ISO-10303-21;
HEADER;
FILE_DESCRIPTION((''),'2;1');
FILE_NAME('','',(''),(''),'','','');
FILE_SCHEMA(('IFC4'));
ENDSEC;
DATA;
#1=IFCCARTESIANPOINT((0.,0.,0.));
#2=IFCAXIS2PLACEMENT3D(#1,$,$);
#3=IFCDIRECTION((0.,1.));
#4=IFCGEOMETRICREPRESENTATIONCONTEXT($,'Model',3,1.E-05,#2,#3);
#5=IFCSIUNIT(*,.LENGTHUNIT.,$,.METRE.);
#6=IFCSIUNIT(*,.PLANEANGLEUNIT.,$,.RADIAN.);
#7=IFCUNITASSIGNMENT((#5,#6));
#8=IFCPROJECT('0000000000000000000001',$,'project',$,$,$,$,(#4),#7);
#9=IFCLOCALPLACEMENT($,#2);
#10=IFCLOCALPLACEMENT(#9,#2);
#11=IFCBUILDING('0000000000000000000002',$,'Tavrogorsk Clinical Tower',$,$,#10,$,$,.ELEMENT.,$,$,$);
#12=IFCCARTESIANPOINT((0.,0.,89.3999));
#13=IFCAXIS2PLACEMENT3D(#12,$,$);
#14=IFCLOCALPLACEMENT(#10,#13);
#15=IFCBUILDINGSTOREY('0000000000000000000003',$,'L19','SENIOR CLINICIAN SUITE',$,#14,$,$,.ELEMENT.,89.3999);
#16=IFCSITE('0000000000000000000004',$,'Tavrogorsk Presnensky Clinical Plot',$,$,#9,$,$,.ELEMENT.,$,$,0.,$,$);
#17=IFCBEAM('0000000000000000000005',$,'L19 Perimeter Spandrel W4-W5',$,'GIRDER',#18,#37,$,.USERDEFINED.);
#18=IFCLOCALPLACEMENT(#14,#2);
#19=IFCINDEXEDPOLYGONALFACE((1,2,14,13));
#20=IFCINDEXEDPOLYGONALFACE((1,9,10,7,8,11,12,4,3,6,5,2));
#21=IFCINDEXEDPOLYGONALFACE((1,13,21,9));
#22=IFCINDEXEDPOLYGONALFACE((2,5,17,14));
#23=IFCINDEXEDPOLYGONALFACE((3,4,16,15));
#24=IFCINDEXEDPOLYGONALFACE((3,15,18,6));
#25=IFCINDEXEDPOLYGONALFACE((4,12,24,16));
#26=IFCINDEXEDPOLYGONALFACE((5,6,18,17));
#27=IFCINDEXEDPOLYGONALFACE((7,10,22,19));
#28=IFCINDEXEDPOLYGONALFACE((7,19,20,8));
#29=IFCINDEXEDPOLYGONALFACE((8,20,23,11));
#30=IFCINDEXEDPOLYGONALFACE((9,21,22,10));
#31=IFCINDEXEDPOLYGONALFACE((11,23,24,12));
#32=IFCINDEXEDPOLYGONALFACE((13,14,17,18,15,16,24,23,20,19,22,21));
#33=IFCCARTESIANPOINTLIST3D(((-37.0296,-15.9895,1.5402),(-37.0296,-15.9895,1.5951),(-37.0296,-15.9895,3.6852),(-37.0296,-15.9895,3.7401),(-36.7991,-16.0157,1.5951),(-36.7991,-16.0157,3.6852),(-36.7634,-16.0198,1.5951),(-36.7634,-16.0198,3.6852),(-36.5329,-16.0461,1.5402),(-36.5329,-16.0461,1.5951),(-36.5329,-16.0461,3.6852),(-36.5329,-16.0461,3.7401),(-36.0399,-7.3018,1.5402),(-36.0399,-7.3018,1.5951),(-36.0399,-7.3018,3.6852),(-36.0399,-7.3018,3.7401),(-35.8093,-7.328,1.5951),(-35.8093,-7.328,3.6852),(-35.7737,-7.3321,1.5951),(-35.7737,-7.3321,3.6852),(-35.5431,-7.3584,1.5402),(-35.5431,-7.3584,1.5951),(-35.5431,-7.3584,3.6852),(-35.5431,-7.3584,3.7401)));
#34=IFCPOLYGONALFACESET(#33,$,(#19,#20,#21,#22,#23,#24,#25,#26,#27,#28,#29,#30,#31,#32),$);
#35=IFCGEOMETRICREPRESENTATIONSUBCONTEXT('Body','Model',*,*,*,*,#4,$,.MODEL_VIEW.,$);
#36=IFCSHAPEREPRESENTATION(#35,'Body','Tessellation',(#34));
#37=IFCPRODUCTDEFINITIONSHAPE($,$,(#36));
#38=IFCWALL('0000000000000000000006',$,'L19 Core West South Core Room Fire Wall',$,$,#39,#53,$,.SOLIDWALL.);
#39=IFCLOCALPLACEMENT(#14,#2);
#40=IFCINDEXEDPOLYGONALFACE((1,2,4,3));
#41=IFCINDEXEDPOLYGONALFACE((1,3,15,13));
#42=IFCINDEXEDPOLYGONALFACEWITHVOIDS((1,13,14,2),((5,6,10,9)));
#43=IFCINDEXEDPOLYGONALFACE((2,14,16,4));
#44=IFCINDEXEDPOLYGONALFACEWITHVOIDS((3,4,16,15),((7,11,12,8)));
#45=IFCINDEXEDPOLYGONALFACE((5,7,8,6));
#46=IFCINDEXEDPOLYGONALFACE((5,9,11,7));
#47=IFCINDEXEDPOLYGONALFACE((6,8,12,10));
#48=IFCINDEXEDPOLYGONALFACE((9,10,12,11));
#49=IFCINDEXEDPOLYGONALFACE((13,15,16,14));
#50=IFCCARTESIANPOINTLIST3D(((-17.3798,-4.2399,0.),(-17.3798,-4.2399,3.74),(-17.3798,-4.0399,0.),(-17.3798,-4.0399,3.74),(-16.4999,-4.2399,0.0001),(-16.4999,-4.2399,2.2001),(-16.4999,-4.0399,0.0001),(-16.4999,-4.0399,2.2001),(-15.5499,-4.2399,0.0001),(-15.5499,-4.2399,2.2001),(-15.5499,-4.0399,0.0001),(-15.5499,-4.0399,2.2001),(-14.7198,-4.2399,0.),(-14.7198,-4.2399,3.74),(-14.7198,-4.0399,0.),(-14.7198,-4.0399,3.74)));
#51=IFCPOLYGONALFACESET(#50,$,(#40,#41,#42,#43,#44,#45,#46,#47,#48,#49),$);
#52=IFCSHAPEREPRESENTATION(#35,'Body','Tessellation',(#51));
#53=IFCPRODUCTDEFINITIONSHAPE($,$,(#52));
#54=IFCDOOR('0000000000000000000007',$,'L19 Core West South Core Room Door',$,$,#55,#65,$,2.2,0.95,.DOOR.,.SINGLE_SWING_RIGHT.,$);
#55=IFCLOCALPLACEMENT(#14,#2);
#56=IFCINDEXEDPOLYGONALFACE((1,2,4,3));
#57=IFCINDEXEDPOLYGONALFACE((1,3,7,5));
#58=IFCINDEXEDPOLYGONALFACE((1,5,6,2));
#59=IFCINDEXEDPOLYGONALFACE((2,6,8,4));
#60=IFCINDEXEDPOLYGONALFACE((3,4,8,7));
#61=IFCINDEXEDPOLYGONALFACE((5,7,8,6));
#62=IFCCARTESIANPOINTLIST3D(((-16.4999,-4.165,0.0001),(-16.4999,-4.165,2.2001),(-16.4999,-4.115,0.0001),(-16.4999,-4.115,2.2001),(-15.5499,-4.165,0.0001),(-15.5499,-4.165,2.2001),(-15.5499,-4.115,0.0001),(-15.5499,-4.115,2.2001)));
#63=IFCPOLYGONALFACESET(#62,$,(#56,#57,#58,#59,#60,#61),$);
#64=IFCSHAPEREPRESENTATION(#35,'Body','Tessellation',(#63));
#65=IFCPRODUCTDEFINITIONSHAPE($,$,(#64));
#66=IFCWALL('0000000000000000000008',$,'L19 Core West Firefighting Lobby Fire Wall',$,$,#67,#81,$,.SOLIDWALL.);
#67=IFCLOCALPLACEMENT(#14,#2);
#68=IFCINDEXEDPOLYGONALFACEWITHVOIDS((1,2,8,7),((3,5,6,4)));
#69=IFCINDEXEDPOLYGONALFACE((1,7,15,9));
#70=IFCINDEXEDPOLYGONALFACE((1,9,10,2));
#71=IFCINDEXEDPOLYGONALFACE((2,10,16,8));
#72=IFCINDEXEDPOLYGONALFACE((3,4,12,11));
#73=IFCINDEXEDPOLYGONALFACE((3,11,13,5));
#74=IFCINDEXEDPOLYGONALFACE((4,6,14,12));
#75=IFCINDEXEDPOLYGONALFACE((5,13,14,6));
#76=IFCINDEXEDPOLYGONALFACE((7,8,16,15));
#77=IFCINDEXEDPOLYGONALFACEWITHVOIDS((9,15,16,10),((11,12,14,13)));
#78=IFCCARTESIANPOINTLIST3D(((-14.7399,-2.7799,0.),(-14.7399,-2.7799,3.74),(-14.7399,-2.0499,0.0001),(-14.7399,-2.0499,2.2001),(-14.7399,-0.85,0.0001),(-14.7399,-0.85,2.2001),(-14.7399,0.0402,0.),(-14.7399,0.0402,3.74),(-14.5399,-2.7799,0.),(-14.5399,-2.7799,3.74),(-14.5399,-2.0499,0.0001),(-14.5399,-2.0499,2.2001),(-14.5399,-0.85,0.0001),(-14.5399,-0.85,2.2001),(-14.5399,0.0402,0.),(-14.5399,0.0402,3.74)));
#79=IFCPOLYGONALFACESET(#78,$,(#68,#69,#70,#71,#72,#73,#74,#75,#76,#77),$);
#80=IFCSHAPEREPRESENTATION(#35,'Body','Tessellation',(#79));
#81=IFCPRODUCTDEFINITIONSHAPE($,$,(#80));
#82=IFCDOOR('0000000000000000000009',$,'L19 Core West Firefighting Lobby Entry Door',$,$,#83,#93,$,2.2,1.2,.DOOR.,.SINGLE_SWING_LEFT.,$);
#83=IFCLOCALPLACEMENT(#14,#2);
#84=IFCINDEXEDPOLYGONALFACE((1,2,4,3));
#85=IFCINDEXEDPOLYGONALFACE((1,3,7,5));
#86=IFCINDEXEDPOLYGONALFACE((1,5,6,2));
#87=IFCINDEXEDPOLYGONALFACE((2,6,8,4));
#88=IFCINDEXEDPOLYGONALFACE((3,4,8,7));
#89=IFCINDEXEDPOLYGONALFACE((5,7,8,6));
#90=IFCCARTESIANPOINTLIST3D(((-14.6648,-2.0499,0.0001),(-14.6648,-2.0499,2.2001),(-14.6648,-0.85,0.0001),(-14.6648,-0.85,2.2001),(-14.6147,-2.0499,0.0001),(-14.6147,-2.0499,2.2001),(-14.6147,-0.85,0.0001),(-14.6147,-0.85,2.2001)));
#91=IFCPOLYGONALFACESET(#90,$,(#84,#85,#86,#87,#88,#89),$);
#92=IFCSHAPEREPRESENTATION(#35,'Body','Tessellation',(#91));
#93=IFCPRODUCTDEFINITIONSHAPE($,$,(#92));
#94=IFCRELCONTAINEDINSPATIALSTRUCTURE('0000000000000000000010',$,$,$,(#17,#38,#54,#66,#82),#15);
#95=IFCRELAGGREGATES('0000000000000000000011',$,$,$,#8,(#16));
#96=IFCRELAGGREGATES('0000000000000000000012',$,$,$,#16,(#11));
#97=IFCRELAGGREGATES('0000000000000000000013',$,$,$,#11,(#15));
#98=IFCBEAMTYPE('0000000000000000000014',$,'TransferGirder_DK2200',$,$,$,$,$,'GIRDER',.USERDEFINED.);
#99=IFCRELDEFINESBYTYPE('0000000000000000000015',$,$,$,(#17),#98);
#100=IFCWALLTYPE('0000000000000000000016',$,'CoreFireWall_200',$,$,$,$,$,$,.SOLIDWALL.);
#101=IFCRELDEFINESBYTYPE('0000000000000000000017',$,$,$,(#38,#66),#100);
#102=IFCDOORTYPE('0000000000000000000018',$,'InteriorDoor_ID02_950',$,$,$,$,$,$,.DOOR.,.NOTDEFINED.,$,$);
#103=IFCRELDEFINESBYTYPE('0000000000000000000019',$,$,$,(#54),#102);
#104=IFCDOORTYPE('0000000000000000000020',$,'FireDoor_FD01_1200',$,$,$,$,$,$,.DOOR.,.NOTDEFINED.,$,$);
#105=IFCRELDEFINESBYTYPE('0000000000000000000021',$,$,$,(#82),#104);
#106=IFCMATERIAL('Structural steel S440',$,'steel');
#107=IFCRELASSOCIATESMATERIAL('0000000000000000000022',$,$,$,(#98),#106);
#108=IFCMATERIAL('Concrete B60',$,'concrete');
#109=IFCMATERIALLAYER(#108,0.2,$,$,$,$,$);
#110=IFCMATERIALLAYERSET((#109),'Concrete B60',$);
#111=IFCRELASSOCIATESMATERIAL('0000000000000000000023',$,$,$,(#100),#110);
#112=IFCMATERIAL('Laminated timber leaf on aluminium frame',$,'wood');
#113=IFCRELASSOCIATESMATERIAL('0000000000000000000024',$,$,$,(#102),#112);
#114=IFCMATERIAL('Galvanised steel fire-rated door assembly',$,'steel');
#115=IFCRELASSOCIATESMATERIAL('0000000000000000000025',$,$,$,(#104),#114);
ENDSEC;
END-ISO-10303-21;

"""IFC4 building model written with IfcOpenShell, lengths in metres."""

from ifc_helpers import new_model, si_unit, direction, frame, frame_2d, origin, origin_2d, place, context, subcontext, project, spatial, rectangle, i_section, extrude, material, layer, layer_set, material_profile, profile_set, type_object, element, fill, save


model = new_model("IFC4")

# Units and contexts
model_context = context("Model", 3, precision=1e-05, world=origin(), true_north=direction((0.0, 1.0)))
body_context = subcontext(model_context, "Body", "Model", "MODEL_VIEW")
ifc_project = project(units=[si_unit("LENGTHUNIT", "METRE"), si_unit("PLANEANGLEUNIT", "RADIAN")], contexts=[model_context])

# Site, building, storey
site_placement = place(None, origin())
site = spatial("IfcSite", under=ifc_project, at=site_placement, Name="Tavrogorsk Presnensky Clinical Plot", CompositionType="ELEMENT", RefElevation=0.0)
building_placement = place(site_placement, origin())
building = spatial("IfcBuilding", under=site, at=building_placement, Name="Tavrogorsk Clinical Tower", CompositionType="ELEMENT")
storey_placement = place(building_placement, frame((0.0, 0.0, 89.3999)))
storey = spatial("IfcBuildingStorey", under=building, at=storey_placement, Name="L19", Description="SENIOR CLINICIAN SUITE", CompositionType="ELEMENT", Elevation=89.3999)

# Beam
ifc_material_1 = material(Name="Structural steel S440", Category="steel")
ifc_material_profile_1 = material_profile(ifc_material_1, i_section(OverallWidth=0.5, OverallDepth=2.2, WebThickness=0.0359, FlangeThickness=0.0549, at=origin_2d()), Name="DK-2200x500x36x55")
ifc_profile_set_1 = profile_set([ifc_material_profile_1], Name="Structural steel S440")
beam_type_1 = type_object("IfcBeamType", Name="TransferGirder_DK2200", ElementType="GIRDER", PredefinedType="USERDEFINED", material=ifc_profile_set_1)
beam_1_placement = place(storey_placement, frame((-35.7915, -7.3301, 2.6401), z_axis=(-0.113192, -0.993573, 0.0), x_axis=(0.993573, -0.113192, 0.0)))
element("IfcBeam", 1, at=beam_1_placement, inside=storey, type_object=beam_type_1, Name="L19 Perimeter Spandrel W4-W5", ObjectType="GIRDER", PredefinedType="USERDEFINED", context=body_context, shape_type="SweptSolid", body=[
    extrude(i_section(OverallWidth=0.5, OverallDepth=2.2, WebThickness=0.0359, FlangeThickness=0.0549, at=origin_2d()), origin(), (0.0, 0.0, 1.0), 8.7439),
])

# Walls, openings, doors
ifc_material_2 = material(Name="Concrete B60", Category="concrete")
ifc_layer_1 = layer(ifc_material_2, 0.2)
ifc_layer_set_1 = layer_set([ifc_layer_1], Name="Concrete B60")
wall_type_1 = type_object("IfcWallType", Name="CoreFireWall_200", PredefinedType="SOLIDWALL", material=ifc_layer_set_1)
wall_1_placement = place(storey_placement, frame((-17.3799, -4.1399, 0.0), z_axis=(0.0, 0.0, 1.0), x_axis=(1.0, 0.0, 0.0)))
wall_1 = element("IfcWall", 2, at=wall_1_placement, inside=storey, type_object=wall_type_1, Name="L19 Core West South Core Room Fire Wall", PredefinedType="SOLIDWALL", context=body_context, shape_type="SweptSolid", body=[
    extrude(rectangle(XDim=2.6599, YDim=0.2, at=frame_2d((1.3301, 0.0))), origin(), (0.0, 0.0, 1.0), 3.74),
])
opening_1_placement = place(wall_1_placement, frame((0.8799, 0.0, 0.0)))
opening_1 = element("IfcOpeningElement", 3, at=opening_1_placement, cuts=wall_1, PredefinedType="OPENING", context=body_context, shape_type="SweptSolid", body=[
    extrude(rectangle(XDim=0.95, YDim=2.2, at=frame_2d((0.4751, 1.1001))), frame((0.0, 0.1099, 0.0), z_axis=(0.0, -1.0, 0.0), x_axis=(1.0, 0.0, 0.0)), (0.0, 0.0, 1.0), 0.22),
])
ifc_material_3 = material(Name="Laminated timber leaf on aluminium frame", Category="wood")
door_type_1 = type_object("IfcDoorType", Name="InteriorDoor_ID02_950", OperationType="NOTDEFINED", PredefinedType="DOOR", material=ifc_material_3)
door_1_placement = place(opening_1_placement, origin())
door_1 = element("IfcDoor", 4, at=door_1_placement, inside=storey, type_object=door_type_1, Name="L19 Core West South Core Room Door", OperationType="SINGLE_SWING_RIGHT", OverallHeight=2.2, OverallWidth=0.95, PredefinedType="DOOR", context=body_context, shape_type="SweptSolid", body=[
    extrude(rectangle(XDim=0.95, YDim=2.2, at=frame_2d((0.4751, 1.1001))), frame((0.0, 0.0249, 0.0), z_axis=(0.0, -1.0, 0.0), x_axis=(1.0, 0.0, 0.0)), (0.0, 0.0, 1.0), 0.05),
])
fill(opening_1, door_1)
wall_2_placement = place(storey_placement, frame((-14.6399, -2.78, 0.0), z_axis=(0.0, 0.0, 1.0), x_axis=(0.0, 1.0, 0.0)))
wall_2 = element("IfcWall", 5, at=wall_2_placement, inside=storey, type_object=wall_type_1, Name="L19 Core West Firefighting Lobby Fire Wall", PredefinedType="SOLIDWALL", context=body_context, shape_type="SweptSolid", body=[
    extrude(rectangle(XDim=2.8201, YDim=0.2, at=frame_2d((1.4102, 0.0))), origin(), (0.0, 0.0, 1.0), 3.74),
])
opening_2_placement = place(wall_2_placement, frame((0.73, 0.0, 0.0)))
opening_2 = element("IfcOpeningElement", 6, at=opening_2_placement, cuts=wall_2, PredefinedType="OPENING", context=body_context, shape_type="SweptSolid", body=[
    extrude(rectangle(XDim=1.2, YDim=2.2, at=frame_2d((0.6001, 1.1001))), frame((0.0, 0.1099, 0.0), z_axis=(0.0, -1.0, 0.0), x_axis=(1.0, 0.0, 0.0)), (0.0, 0.0, 1.0), 0.22),
])
ifc_material_4 = material(Name="Galvanised steel fire-rated door assembly", Category="steel")
door_type_2 = type_object("IfcDoorType", Name="FireDoor_FD01_1200", OperationType="NOTDEFINED", PredefinedType="DOOR", material=ifc_material_4)
door_2_placement = place(opening_2_placement, origin())
door_2 = element("IfcDoor", 7, at=door_2_placement, inside=storey, type_object=door_type_2, Name="L19 Core West Firefighting Lobby Entry Door", OperationType="SINGLE_SWING_LEFT", OverallHeight=2.2, OverallWidth=1.2, PredefinedType="DOOR", context=body_context, shape_type="SweptSolid", body=[
    extrude(rectangle(XDim=1.2, YDim=2.2, at=frame_2d((0.6001, 1.1001))), frame((0.0, 0.0249, 0.0), z_axis=(0.0, -1.0, 0.0), x_axis=(1.0, 0.0, 0.0)), (0.0, 0.0, 1.0), 0.05),
])
fill(opening_2, door_2)

save(model, "model.ifc")
